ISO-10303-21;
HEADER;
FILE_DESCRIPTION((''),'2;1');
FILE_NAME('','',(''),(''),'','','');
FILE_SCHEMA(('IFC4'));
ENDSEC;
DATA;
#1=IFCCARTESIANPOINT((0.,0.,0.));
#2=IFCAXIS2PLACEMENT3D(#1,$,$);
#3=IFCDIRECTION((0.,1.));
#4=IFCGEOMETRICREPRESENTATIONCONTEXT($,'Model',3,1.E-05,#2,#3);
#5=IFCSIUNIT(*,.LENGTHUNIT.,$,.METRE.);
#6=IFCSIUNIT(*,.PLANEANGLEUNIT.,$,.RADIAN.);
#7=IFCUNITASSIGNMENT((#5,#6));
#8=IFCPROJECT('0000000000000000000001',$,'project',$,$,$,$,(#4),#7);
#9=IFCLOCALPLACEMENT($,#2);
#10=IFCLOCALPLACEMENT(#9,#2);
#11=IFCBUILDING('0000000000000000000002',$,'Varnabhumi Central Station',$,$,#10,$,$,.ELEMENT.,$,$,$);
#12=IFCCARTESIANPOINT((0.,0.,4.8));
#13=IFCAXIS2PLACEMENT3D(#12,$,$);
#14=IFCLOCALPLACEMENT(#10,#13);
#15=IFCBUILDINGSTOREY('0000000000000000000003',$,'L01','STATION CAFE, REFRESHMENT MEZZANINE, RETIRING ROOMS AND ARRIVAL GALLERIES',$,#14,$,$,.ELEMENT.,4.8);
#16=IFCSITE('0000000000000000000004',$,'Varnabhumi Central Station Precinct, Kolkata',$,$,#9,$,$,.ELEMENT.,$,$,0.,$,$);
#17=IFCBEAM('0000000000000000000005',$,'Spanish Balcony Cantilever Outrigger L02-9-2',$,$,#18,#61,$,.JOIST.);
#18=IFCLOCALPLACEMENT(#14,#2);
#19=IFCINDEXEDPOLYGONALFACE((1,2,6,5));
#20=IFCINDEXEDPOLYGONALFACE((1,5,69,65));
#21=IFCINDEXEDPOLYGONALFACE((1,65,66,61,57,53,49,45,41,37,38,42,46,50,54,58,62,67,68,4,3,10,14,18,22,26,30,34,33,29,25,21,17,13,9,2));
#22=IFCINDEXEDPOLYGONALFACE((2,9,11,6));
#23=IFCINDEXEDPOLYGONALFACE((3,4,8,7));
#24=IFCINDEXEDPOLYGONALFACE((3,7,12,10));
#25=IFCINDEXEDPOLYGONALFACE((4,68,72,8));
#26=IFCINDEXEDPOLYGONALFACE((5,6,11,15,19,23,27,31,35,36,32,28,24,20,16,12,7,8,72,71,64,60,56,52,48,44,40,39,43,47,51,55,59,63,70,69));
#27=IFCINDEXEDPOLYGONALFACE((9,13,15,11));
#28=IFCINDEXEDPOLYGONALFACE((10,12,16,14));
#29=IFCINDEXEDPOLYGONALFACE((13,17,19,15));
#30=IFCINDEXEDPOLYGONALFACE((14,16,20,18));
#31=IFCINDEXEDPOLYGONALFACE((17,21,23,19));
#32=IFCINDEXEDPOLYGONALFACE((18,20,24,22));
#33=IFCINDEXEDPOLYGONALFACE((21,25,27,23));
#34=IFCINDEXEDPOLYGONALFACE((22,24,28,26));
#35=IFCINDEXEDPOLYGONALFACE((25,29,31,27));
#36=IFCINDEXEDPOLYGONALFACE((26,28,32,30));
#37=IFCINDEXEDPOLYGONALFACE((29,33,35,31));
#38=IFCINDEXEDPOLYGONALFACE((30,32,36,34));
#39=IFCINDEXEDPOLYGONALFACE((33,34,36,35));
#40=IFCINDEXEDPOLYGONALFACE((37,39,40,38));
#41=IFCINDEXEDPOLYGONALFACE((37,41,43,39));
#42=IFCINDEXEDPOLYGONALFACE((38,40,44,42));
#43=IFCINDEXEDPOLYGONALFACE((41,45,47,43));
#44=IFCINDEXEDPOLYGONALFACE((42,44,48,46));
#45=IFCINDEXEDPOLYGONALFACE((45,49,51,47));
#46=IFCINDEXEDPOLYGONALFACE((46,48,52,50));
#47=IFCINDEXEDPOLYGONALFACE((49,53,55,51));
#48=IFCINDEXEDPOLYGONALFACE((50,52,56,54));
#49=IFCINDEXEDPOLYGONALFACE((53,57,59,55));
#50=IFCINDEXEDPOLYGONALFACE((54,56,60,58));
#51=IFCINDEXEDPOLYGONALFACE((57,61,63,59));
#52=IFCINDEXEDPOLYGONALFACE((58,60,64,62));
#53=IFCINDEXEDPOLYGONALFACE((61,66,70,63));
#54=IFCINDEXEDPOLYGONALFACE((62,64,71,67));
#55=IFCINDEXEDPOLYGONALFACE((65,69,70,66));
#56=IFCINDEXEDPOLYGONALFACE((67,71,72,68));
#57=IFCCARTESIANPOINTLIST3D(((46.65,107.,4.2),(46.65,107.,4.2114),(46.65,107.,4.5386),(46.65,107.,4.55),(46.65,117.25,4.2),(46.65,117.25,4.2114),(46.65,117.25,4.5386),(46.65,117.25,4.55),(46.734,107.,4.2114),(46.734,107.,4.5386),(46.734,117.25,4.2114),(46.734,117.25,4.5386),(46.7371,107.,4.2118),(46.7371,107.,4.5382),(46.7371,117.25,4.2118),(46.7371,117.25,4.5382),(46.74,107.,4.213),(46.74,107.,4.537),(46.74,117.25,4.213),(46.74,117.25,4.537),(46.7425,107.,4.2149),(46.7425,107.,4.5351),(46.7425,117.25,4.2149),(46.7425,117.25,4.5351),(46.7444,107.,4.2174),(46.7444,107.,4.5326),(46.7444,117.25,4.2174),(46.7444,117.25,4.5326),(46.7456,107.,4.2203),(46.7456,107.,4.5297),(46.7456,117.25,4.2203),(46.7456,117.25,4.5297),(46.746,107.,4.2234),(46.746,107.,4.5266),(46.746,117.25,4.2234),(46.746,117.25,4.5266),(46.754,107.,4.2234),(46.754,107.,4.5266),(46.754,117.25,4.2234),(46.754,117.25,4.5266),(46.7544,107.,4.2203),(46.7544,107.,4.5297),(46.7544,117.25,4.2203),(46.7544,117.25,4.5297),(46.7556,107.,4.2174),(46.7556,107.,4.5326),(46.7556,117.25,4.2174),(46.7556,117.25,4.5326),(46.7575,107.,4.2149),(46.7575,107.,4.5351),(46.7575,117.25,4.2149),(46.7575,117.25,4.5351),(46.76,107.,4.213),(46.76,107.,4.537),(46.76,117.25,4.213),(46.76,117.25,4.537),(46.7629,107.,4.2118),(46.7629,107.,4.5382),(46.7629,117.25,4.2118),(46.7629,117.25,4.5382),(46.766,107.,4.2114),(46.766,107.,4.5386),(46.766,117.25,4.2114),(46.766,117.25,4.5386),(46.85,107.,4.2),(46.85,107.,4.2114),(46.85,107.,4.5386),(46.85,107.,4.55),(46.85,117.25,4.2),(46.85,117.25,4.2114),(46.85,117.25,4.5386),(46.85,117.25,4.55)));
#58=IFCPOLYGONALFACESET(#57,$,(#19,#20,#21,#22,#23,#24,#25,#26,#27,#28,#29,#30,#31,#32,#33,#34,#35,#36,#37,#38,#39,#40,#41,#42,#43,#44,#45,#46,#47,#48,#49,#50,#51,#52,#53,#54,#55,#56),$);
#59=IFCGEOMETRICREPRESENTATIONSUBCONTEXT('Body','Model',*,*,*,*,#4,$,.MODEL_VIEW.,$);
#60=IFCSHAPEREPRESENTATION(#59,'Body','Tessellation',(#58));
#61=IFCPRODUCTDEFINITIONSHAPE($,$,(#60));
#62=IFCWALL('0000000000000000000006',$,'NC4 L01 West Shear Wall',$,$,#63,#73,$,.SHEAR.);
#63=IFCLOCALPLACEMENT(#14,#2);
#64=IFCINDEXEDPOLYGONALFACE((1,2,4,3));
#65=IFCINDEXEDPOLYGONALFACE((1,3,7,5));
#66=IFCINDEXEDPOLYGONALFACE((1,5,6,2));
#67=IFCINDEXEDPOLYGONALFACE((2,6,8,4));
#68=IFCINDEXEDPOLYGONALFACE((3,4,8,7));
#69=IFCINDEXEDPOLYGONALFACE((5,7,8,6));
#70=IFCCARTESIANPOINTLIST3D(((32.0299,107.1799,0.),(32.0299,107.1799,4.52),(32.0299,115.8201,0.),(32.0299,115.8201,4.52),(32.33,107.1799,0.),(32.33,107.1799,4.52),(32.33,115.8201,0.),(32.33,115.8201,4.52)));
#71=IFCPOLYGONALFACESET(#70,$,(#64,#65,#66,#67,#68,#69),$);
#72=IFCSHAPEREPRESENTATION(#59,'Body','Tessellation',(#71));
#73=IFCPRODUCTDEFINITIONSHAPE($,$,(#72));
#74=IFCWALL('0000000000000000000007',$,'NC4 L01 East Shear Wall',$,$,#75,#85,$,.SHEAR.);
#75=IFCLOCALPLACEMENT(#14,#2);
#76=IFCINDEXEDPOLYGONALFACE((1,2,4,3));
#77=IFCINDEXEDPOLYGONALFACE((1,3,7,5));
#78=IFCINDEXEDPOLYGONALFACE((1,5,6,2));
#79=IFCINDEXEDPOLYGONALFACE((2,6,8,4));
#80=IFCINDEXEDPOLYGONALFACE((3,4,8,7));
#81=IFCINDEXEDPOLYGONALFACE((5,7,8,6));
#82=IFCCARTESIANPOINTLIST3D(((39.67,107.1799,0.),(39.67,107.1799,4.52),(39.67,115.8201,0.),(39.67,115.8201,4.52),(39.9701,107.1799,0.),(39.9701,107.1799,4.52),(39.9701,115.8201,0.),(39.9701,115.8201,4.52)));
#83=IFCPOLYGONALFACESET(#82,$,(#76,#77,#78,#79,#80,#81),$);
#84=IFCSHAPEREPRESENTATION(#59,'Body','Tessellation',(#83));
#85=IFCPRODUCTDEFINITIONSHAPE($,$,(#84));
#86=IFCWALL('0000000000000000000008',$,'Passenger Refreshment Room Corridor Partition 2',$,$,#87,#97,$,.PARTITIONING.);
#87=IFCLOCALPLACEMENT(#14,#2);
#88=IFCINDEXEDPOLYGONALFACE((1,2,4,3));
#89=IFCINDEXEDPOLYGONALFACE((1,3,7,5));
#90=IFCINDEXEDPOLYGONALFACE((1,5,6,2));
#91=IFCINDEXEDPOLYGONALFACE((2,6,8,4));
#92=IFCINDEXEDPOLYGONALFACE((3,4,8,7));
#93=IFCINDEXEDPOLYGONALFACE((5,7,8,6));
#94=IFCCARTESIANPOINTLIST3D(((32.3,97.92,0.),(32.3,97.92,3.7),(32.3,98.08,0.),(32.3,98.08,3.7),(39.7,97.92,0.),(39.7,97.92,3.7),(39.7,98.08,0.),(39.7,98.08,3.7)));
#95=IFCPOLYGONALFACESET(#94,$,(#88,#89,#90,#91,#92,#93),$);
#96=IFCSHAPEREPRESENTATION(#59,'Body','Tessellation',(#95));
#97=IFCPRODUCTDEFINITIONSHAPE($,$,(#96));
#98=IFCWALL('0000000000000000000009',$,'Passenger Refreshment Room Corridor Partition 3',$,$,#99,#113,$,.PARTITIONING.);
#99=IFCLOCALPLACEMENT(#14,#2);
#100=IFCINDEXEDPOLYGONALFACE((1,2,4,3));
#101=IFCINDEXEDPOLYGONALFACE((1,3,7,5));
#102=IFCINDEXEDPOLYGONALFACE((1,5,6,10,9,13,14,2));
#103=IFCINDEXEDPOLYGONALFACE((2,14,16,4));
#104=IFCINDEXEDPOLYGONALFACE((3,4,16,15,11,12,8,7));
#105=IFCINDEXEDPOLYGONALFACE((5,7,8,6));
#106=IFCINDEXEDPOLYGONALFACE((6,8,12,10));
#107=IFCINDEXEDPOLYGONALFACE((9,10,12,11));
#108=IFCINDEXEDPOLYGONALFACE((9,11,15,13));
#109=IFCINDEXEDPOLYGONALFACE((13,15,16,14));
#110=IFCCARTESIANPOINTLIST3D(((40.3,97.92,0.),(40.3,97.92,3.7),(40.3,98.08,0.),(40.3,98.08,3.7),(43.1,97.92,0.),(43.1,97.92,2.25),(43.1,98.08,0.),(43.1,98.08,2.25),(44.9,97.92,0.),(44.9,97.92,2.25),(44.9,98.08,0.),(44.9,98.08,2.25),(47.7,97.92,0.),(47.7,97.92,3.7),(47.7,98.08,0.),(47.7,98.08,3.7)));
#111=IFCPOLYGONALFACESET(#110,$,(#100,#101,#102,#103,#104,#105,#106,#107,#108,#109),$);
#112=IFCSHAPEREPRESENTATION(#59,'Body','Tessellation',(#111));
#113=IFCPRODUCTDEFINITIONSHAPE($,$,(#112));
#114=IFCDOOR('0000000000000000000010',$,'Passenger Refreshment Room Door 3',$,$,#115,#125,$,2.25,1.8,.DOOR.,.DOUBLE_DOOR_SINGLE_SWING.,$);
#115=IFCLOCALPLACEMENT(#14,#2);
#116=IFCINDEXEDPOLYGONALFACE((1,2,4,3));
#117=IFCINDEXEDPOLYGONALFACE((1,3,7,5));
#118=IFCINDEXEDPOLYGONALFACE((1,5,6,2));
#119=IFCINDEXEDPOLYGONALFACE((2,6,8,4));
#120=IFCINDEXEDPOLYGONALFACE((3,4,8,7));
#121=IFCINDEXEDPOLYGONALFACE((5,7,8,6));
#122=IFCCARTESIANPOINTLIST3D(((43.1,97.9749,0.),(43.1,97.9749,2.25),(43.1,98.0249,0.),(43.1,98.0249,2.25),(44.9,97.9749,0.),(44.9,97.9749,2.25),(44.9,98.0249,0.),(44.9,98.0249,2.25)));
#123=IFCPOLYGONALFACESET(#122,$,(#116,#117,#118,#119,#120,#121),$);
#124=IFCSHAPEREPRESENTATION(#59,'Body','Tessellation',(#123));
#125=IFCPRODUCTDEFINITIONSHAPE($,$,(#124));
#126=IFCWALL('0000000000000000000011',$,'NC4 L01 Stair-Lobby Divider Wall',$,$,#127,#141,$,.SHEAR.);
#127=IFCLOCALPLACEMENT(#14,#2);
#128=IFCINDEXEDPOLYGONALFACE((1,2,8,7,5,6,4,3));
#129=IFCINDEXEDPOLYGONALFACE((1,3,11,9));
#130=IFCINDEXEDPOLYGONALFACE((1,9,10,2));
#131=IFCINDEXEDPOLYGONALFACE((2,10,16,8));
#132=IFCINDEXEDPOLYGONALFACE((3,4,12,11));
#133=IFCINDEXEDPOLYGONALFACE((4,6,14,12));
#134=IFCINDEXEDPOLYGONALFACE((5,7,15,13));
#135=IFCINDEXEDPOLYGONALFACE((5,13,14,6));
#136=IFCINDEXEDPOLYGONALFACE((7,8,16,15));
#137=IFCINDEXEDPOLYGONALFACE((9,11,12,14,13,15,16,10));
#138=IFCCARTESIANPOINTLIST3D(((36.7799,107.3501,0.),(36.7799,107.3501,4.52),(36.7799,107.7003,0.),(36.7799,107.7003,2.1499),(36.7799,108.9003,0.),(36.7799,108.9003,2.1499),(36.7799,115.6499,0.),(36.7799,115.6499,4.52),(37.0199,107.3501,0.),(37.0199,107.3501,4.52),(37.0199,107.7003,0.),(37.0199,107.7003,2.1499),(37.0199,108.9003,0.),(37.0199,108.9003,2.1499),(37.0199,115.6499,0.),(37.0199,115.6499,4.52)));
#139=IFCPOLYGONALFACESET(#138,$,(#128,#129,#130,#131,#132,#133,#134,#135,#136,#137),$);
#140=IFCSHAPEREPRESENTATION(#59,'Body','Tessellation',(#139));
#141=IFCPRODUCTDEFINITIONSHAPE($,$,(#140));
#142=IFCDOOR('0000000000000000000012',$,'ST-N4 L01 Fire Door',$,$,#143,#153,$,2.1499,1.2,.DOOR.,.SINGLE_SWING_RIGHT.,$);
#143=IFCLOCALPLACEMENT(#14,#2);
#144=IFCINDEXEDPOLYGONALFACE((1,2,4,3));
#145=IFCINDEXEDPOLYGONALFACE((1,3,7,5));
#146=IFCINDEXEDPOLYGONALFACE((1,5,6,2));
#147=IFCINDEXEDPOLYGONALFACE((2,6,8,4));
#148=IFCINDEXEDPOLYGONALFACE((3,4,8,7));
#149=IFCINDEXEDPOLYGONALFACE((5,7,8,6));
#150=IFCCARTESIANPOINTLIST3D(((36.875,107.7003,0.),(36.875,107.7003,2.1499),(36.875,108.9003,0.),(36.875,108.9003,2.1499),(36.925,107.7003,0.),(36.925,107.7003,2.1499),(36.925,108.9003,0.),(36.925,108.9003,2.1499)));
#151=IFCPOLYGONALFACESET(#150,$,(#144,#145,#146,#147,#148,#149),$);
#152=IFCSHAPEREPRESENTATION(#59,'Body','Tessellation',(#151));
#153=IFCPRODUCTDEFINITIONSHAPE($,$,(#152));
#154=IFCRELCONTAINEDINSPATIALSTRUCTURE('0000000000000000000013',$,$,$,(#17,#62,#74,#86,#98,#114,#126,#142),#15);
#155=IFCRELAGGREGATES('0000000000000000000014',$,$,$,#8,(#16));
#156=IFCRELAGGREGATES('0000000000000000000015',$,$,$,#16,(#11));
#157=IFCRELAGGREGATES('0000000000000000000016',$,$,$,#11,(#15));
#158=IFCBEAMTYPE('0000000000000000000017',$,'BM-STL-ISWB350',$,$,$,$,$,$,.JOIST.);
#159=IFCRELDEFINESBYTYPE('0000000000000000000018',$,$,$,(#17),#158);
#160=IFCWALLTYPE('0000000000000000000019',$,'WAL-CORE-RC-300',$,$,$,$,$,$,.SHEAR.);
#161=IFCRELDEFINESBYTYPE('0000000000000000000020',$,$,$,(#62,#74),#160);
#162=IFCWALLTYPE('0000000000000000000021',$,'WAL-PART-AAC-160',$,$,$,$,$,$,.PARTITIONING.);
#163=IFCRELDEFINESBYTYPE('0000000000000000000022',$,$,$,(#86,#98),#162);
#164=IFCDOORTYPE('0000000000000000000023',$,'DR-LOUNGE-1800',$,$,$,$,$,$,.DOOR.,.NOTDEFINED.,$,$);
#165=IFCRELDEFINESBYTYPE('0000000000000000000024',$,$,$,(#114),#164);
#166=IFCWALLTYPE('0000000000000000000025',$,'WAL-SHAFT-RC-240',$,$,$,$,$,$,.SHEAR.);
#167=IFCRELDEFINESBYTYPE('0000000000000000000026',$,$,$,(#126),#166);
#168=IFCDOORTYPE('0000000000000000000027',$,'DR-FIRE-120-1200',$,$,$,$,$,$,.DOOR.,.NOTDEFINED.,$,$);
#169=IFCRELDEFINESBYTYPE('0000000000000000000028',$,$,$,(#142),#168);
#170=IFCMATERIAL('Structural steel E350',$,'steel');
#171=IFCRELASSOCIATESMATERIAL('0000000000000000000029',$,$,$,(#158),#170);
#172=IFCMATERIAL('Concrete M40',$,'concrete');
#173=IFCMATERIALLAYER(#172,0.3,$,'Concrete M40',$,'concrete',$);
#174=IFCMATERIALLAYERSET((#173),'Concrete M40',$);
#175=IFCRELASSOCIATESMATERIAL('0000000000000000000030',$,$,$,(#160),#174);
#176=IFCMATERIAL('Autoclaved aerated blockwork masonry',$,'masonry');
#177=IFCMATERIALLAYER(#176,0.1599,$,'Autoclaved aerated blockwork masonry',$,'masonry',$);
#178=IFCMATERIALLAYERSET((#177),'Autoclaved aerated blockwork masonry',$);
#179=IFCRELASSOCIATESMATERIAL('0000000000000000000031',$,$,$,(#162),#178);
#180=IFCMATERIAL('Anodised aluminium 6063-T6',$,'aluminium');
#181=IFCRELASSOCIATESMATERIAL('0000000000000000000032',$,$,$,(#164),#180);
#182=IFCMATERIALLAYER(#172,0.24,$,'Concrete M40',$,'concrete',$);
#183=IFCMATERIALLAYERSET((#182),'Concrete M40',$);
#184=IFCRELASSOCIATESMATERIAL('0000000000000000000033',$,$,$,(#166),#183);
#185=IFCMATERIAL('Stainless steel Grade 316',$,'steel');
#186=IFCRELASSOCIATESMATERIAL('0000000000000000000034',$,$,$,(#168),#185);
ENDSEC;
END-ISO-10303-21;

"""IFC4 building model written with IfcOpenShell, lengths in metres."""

from ifc_helpers import new_model, si_unit, direction, frame, frame_2d, origin, origin_2d, place, context, subcontext, project, spatial, rectangle, i_section, extrude, material, layer, layer_set, material_profile, profile_set, type_object, element, fill, save


model = new_model("IFC4")

# Units and contexts
model_context = context("Model", 3, precision=1e-05, world=origin(), true_north=direction((0.0, 1.0)))
body_context = subcontext(model_context, "Body", "Model", "MODEL_VIEW")
ifc_project = project(units=[si_unit("LENGTHUNIT", "METRE"), si_unit("PLANEANGLEUNIT", "RADIAN")], contexts=[model_context])

# Site, building, storey
site_placement = place(None, origin())
site = spatial("IfcSite", under=ifc_project, at=site_placement, Name="Varnabhumi Central Station Precinct, Kolkata", CompositionType="ELEMENT", RefElevation=0.0)
building_placement = place(site_placement, origin())
building = spatial("IfcBuilding", under=site, at=building_placement, Name="Varnabhumi Central Station", CompositionType="ELEMENT")
storey_placement = place(building_placement, frame((0.0, 0.0, 4.8)))
storey = spatial("IfcBuildingStorey", under=building, at=storey_placement, Name="L01", Description="STATION CAFE, REFRESHMENT MEZZANINE, RETIRING ROOMS AND ARRIVAL GALLERIES", CompositionType="ELEMENT", Elevation=4.8)

# Shared definitions
ifc_material_1 = material(Name="Concrete M40", Category="concrete")

# Beam
ifc_material_2 = material(Name="Structural steel E350", Category="steel")
ifc_material_profile_1 = material_profile(ifc_material_2, i_section(OverallWidth=0.2, OverallDepth=0.3501, WebThickness=0.0081, FlangeThickness=0.0115, FilletRadius=0.012, at=origin_2d()), Name="Structural steel E350", Category="steel")
ifc_profile_set_1 = profile_set([ifc_material_profile_1], Name="Structural steel E350")
beam_type_1 = type_object("IfcBeamType", Name="BM-STL-ISWB350", PredefinedType="JOIST", material=ifc_profile_set_1)
for number, where, z_axis, x_axis, name in (
    (1, (46.75, 107.0, 4.375), (0.0, 1.0, 0.0), (-1.0, 0.0, 0.0), "Spanish Balcony Cantilever Outrigger L02-9-2"),
):
    element("IfcBeam", number, at=place(storey_placement, frame(where, z_axis=z_axis, x_axis=x_axis)), inside=storey, type_object=beam_type_1, Name=name, PredefinedType="JOIST", context=body_context, shape_type="SweptSolid", body=[
        extrude(i_section(OverallWidth=0.2, OverallDepth=0.3501, WebThickness=0.0081, FlangeThickness=0.0115, FilletRadius=0.012, at=origin_2d()), origin(), (0.0, 0.0, 1.0), 10.25),
    ])

# Walls
ifc_layer_1 = layer(ifc_material_1, 0.3, Name="Concrete M40", Category="concrete")
ifc_layer_set_1 = layer_set([ifc_layer_1], Name="Concrete M40")
wall_type_1 = type_object("IfcWallType", Name="WAL-CORE-RC-300", PredefinedType="SHEAR", material=ifc_layer_set_1)
for number, where, z_axis, x_axis, name in (
    (2, (32.1799, 107.1799, 0.0), (0.0, 0.0, 1.0), (0.0, 1.0, 0.0), "NC4 L01 West Shear Wall"),
    (3, (39.8201, 107.1799, 0.0), (0.0, 0.0, 1.0), (0.0, 1.0, 0.0), "NC4 L01 East Shear Wall"),
):
    element("IfcWall", number, at=place(storey_placement, frame(where, z_axis=z_axis, x_axis=x_axis)), inside=storey, type_object=wall_type_1, Name=name, PredefinedType="SHEAR", context=body_context, shape_type="SweptSolid", body=[
        extrude(rectangle(XDim=8.6401, YDim=0.3, at=frame_2d((4.3201, 0.0))), origin(), (0.0, 0.0, 1.0), 4.52),
    ])
ifc_material_3 = material(Name="Autoclaved aerated blockwork masonry", Category="masonry")
ifc_layer_2 = layer(ifc_material_3, 0.1599, Name="Autoclaved aerated blockwork masonry", Category="masonry")
ifc_layer_set_2 = layer_set([ifc_layer_2], Name="Autoclaved aerated blockwork masonry")
wall_type_2 = type_object("IfcWallType", Name="WAL-PART-AAC-160", PredefinedType="PARTITIONING", material=ifc_layer_set_2)
wall_1_placement = place(storey_placement, frame((32.3, 98.0, 0.0), z_axis=(0.0, 0.0, 1.0), x_axis=(1.0, 0.0, 0.0)))
element("IfcWall", 4, at=wall_1_placement, inside=storey, type_object=wall_type_2, Name="Passenger Refreshment Room Corridor Partition 2", PredefinedType="PARTITIONING", context=body_context, shape_type="SweptSolid", body=[
    extrude(rectangle(XDim=7.3999, YDim=0.1599, at=frame_2d((3.7, 0.0))), origin(), (0.0, 0.0, 1.0), 3.7),
])

# Walls, openings, doors
wall_2_placement = place(storey_placement, frame((40.3, 98.0, 0.0), z_axis=(0.0, 0.0, 1.0), x_axis=(1.0, 0.0, 0.0)))
wall_2 = element("IfcWall", 5, at=wall_2_placement, inside=storey, type_object=wall_type_2, Name="Passenger Refreshment Room Corridor Partition 3", PredefinedType="PARTITIONING", context=body_context, shape_type="SweptSolid", body=[
    extrude(rectangle(XDim=7.3999, YDim=0.1599, at=frame_2d((3.7, 0.0))), origin(), (0.0, 0.0, 1.0), 3.7),
])
opening_1_placement = place(wall_2_placement, frame((2.8, 0.0, 0.0)))
opening_1 = element("IfcOpeningElement", 6, at=opening_1_placement, cuts=wall_2, PredefinedType="OPENING", context=body_context, shape_type="SweptSolid", body=[
    extrude(rectangle(XDim=1.8, YDim=2.25, at=frame_2d((0.8999, 1.125))), frame((0.0, 0.0898, 0.0), z_axis=(0.0, -1.0, 0.0), x_axis=(1.0, 0.0, 0.0)), (0.0, 0.0, 1.0), 0.1799),
])
ifc_material_4 = material(Name="Anodised aluminium 6063-T6", Category="aluminium")
door_type_1 = type_object("IfcDoorType", Name="DR-LOUNGE-1800", OperationType="NOTDEFINED", PredefinedType="DOOR", material=ifc_material_4)
door_1_placement = place(opening_1_placement, origin())
door_1 = element("IfcDoor", 7, at=door_1_placement, inside=storey, type_object=door_type_1, Name="Passenger Refreshment Room Door 3", OperationType="DOUBLE_DOOR_SINGLE_SWING", OverallHeight=2.25, OverallWidth=1.8, PredefinedType="DOOR", context=body_context, shape_type="SweptSolid", body=[
    extrude(rectangle(XDim=1.8, YDim=2.25, at=frame_2d((0.8999, 1.125))), frame((0.0, 0.0249, 0.0), z_axis=(0.0, -1.0, 0.0), x_axis=(1.0, 0.0, 0.0)), (0.0, 0.0, 1.0), 0.05),
])
fill(opening_1, door_1)
ifc_layer_3 = layer(ifc_material_1, 0.24, Name="Concrete M40", Category="concrete")
ifc_layer_set_3 = layer_set([ifc_layer_3], Name="Concrete M40")
wall_type_3 = type_object("IfcWallType", Name="WAL-SHAFT-RC-240", PredefinedType="SHEAR", material=ifc_layer_set_3)
wall_3_placement = place(storey_placement, frame((36.8999, 107.3501, 0.0), z_axis=(0.0, 0.0, 1.0), x_axis=(0.0, 1.0, 0.0)))
wall_3 = element("IfcWall", 8, at=wall_3_placement, inside=storey, type_object=wall_type_3, Name="NC4 L01 Stair-Lobby Divider Wall", PredefinedType="SHEAR", context=body_context, shape_type="SweptSolid", body=[
    extrude(rectangle(XDim=8.2998, YDim=0.24, at=frame_2d((4.1499, 0.0))), origin(), (0.0, 0.0, 1.0), 4.52),
])
opening_2_placement = place(wall_3_placement, frame((0.3501, 0.0, 0.0)))
opening_2 = element("IfcOpeningElement", 9, at=opening_2_placement, cuts=wall_3, PredefinedType="OPENING", context=body_context, shape_type="SweptSolid", body=[
    extrude(rectangle(XDim=1.2, YDim=2.1499, at=frame_2d((0.6001, 1.075))), frame((0.0, 0.1299, 0.0), z_axis=(0.0, -1.0, 0.0), x_axis=(1.0, 0.0, 0.0)), (0.0, 0.0, 1.0), 0.26),
])
ifc_material_5 = material(Name="Stainless steel Grade 316", Category="steel")
door_type_2 = type_object("IfcDoorType", Name="DR-FIRE-120-1200", OperationType="NOTDEFINED", PredefinedType="DOOR", material=ifc_material_5)
door_2_placement = place(opening_2_placement, origin())
door_2 = element("IfcDoor", 10, at=door_2_placement, inside=storey, type_object=door_type_2, Name="ST-N4 L01 Fire Door", OperationType="SINGLE_SWING_RIGHT", OverallHeight=2.1499, OverallWidth=1.2, PredefinedType="DOOR", context=body_context, shape_type="SweptSolid", body=[
    extrude(rectangle(XDim=1.2, YDim=2.1499, at=frame_2d((0.6001, 1.075))), frame((0.0, 0.0249, 0.0), z_axis=(0.0, -1.0, 0.0), x_axis=(1.0, 0.0, 0.0)), (0.0, 0.0, 1.0), 0.05),
])
fill(opening_2, door_2)

save(model, "model.ifc")
